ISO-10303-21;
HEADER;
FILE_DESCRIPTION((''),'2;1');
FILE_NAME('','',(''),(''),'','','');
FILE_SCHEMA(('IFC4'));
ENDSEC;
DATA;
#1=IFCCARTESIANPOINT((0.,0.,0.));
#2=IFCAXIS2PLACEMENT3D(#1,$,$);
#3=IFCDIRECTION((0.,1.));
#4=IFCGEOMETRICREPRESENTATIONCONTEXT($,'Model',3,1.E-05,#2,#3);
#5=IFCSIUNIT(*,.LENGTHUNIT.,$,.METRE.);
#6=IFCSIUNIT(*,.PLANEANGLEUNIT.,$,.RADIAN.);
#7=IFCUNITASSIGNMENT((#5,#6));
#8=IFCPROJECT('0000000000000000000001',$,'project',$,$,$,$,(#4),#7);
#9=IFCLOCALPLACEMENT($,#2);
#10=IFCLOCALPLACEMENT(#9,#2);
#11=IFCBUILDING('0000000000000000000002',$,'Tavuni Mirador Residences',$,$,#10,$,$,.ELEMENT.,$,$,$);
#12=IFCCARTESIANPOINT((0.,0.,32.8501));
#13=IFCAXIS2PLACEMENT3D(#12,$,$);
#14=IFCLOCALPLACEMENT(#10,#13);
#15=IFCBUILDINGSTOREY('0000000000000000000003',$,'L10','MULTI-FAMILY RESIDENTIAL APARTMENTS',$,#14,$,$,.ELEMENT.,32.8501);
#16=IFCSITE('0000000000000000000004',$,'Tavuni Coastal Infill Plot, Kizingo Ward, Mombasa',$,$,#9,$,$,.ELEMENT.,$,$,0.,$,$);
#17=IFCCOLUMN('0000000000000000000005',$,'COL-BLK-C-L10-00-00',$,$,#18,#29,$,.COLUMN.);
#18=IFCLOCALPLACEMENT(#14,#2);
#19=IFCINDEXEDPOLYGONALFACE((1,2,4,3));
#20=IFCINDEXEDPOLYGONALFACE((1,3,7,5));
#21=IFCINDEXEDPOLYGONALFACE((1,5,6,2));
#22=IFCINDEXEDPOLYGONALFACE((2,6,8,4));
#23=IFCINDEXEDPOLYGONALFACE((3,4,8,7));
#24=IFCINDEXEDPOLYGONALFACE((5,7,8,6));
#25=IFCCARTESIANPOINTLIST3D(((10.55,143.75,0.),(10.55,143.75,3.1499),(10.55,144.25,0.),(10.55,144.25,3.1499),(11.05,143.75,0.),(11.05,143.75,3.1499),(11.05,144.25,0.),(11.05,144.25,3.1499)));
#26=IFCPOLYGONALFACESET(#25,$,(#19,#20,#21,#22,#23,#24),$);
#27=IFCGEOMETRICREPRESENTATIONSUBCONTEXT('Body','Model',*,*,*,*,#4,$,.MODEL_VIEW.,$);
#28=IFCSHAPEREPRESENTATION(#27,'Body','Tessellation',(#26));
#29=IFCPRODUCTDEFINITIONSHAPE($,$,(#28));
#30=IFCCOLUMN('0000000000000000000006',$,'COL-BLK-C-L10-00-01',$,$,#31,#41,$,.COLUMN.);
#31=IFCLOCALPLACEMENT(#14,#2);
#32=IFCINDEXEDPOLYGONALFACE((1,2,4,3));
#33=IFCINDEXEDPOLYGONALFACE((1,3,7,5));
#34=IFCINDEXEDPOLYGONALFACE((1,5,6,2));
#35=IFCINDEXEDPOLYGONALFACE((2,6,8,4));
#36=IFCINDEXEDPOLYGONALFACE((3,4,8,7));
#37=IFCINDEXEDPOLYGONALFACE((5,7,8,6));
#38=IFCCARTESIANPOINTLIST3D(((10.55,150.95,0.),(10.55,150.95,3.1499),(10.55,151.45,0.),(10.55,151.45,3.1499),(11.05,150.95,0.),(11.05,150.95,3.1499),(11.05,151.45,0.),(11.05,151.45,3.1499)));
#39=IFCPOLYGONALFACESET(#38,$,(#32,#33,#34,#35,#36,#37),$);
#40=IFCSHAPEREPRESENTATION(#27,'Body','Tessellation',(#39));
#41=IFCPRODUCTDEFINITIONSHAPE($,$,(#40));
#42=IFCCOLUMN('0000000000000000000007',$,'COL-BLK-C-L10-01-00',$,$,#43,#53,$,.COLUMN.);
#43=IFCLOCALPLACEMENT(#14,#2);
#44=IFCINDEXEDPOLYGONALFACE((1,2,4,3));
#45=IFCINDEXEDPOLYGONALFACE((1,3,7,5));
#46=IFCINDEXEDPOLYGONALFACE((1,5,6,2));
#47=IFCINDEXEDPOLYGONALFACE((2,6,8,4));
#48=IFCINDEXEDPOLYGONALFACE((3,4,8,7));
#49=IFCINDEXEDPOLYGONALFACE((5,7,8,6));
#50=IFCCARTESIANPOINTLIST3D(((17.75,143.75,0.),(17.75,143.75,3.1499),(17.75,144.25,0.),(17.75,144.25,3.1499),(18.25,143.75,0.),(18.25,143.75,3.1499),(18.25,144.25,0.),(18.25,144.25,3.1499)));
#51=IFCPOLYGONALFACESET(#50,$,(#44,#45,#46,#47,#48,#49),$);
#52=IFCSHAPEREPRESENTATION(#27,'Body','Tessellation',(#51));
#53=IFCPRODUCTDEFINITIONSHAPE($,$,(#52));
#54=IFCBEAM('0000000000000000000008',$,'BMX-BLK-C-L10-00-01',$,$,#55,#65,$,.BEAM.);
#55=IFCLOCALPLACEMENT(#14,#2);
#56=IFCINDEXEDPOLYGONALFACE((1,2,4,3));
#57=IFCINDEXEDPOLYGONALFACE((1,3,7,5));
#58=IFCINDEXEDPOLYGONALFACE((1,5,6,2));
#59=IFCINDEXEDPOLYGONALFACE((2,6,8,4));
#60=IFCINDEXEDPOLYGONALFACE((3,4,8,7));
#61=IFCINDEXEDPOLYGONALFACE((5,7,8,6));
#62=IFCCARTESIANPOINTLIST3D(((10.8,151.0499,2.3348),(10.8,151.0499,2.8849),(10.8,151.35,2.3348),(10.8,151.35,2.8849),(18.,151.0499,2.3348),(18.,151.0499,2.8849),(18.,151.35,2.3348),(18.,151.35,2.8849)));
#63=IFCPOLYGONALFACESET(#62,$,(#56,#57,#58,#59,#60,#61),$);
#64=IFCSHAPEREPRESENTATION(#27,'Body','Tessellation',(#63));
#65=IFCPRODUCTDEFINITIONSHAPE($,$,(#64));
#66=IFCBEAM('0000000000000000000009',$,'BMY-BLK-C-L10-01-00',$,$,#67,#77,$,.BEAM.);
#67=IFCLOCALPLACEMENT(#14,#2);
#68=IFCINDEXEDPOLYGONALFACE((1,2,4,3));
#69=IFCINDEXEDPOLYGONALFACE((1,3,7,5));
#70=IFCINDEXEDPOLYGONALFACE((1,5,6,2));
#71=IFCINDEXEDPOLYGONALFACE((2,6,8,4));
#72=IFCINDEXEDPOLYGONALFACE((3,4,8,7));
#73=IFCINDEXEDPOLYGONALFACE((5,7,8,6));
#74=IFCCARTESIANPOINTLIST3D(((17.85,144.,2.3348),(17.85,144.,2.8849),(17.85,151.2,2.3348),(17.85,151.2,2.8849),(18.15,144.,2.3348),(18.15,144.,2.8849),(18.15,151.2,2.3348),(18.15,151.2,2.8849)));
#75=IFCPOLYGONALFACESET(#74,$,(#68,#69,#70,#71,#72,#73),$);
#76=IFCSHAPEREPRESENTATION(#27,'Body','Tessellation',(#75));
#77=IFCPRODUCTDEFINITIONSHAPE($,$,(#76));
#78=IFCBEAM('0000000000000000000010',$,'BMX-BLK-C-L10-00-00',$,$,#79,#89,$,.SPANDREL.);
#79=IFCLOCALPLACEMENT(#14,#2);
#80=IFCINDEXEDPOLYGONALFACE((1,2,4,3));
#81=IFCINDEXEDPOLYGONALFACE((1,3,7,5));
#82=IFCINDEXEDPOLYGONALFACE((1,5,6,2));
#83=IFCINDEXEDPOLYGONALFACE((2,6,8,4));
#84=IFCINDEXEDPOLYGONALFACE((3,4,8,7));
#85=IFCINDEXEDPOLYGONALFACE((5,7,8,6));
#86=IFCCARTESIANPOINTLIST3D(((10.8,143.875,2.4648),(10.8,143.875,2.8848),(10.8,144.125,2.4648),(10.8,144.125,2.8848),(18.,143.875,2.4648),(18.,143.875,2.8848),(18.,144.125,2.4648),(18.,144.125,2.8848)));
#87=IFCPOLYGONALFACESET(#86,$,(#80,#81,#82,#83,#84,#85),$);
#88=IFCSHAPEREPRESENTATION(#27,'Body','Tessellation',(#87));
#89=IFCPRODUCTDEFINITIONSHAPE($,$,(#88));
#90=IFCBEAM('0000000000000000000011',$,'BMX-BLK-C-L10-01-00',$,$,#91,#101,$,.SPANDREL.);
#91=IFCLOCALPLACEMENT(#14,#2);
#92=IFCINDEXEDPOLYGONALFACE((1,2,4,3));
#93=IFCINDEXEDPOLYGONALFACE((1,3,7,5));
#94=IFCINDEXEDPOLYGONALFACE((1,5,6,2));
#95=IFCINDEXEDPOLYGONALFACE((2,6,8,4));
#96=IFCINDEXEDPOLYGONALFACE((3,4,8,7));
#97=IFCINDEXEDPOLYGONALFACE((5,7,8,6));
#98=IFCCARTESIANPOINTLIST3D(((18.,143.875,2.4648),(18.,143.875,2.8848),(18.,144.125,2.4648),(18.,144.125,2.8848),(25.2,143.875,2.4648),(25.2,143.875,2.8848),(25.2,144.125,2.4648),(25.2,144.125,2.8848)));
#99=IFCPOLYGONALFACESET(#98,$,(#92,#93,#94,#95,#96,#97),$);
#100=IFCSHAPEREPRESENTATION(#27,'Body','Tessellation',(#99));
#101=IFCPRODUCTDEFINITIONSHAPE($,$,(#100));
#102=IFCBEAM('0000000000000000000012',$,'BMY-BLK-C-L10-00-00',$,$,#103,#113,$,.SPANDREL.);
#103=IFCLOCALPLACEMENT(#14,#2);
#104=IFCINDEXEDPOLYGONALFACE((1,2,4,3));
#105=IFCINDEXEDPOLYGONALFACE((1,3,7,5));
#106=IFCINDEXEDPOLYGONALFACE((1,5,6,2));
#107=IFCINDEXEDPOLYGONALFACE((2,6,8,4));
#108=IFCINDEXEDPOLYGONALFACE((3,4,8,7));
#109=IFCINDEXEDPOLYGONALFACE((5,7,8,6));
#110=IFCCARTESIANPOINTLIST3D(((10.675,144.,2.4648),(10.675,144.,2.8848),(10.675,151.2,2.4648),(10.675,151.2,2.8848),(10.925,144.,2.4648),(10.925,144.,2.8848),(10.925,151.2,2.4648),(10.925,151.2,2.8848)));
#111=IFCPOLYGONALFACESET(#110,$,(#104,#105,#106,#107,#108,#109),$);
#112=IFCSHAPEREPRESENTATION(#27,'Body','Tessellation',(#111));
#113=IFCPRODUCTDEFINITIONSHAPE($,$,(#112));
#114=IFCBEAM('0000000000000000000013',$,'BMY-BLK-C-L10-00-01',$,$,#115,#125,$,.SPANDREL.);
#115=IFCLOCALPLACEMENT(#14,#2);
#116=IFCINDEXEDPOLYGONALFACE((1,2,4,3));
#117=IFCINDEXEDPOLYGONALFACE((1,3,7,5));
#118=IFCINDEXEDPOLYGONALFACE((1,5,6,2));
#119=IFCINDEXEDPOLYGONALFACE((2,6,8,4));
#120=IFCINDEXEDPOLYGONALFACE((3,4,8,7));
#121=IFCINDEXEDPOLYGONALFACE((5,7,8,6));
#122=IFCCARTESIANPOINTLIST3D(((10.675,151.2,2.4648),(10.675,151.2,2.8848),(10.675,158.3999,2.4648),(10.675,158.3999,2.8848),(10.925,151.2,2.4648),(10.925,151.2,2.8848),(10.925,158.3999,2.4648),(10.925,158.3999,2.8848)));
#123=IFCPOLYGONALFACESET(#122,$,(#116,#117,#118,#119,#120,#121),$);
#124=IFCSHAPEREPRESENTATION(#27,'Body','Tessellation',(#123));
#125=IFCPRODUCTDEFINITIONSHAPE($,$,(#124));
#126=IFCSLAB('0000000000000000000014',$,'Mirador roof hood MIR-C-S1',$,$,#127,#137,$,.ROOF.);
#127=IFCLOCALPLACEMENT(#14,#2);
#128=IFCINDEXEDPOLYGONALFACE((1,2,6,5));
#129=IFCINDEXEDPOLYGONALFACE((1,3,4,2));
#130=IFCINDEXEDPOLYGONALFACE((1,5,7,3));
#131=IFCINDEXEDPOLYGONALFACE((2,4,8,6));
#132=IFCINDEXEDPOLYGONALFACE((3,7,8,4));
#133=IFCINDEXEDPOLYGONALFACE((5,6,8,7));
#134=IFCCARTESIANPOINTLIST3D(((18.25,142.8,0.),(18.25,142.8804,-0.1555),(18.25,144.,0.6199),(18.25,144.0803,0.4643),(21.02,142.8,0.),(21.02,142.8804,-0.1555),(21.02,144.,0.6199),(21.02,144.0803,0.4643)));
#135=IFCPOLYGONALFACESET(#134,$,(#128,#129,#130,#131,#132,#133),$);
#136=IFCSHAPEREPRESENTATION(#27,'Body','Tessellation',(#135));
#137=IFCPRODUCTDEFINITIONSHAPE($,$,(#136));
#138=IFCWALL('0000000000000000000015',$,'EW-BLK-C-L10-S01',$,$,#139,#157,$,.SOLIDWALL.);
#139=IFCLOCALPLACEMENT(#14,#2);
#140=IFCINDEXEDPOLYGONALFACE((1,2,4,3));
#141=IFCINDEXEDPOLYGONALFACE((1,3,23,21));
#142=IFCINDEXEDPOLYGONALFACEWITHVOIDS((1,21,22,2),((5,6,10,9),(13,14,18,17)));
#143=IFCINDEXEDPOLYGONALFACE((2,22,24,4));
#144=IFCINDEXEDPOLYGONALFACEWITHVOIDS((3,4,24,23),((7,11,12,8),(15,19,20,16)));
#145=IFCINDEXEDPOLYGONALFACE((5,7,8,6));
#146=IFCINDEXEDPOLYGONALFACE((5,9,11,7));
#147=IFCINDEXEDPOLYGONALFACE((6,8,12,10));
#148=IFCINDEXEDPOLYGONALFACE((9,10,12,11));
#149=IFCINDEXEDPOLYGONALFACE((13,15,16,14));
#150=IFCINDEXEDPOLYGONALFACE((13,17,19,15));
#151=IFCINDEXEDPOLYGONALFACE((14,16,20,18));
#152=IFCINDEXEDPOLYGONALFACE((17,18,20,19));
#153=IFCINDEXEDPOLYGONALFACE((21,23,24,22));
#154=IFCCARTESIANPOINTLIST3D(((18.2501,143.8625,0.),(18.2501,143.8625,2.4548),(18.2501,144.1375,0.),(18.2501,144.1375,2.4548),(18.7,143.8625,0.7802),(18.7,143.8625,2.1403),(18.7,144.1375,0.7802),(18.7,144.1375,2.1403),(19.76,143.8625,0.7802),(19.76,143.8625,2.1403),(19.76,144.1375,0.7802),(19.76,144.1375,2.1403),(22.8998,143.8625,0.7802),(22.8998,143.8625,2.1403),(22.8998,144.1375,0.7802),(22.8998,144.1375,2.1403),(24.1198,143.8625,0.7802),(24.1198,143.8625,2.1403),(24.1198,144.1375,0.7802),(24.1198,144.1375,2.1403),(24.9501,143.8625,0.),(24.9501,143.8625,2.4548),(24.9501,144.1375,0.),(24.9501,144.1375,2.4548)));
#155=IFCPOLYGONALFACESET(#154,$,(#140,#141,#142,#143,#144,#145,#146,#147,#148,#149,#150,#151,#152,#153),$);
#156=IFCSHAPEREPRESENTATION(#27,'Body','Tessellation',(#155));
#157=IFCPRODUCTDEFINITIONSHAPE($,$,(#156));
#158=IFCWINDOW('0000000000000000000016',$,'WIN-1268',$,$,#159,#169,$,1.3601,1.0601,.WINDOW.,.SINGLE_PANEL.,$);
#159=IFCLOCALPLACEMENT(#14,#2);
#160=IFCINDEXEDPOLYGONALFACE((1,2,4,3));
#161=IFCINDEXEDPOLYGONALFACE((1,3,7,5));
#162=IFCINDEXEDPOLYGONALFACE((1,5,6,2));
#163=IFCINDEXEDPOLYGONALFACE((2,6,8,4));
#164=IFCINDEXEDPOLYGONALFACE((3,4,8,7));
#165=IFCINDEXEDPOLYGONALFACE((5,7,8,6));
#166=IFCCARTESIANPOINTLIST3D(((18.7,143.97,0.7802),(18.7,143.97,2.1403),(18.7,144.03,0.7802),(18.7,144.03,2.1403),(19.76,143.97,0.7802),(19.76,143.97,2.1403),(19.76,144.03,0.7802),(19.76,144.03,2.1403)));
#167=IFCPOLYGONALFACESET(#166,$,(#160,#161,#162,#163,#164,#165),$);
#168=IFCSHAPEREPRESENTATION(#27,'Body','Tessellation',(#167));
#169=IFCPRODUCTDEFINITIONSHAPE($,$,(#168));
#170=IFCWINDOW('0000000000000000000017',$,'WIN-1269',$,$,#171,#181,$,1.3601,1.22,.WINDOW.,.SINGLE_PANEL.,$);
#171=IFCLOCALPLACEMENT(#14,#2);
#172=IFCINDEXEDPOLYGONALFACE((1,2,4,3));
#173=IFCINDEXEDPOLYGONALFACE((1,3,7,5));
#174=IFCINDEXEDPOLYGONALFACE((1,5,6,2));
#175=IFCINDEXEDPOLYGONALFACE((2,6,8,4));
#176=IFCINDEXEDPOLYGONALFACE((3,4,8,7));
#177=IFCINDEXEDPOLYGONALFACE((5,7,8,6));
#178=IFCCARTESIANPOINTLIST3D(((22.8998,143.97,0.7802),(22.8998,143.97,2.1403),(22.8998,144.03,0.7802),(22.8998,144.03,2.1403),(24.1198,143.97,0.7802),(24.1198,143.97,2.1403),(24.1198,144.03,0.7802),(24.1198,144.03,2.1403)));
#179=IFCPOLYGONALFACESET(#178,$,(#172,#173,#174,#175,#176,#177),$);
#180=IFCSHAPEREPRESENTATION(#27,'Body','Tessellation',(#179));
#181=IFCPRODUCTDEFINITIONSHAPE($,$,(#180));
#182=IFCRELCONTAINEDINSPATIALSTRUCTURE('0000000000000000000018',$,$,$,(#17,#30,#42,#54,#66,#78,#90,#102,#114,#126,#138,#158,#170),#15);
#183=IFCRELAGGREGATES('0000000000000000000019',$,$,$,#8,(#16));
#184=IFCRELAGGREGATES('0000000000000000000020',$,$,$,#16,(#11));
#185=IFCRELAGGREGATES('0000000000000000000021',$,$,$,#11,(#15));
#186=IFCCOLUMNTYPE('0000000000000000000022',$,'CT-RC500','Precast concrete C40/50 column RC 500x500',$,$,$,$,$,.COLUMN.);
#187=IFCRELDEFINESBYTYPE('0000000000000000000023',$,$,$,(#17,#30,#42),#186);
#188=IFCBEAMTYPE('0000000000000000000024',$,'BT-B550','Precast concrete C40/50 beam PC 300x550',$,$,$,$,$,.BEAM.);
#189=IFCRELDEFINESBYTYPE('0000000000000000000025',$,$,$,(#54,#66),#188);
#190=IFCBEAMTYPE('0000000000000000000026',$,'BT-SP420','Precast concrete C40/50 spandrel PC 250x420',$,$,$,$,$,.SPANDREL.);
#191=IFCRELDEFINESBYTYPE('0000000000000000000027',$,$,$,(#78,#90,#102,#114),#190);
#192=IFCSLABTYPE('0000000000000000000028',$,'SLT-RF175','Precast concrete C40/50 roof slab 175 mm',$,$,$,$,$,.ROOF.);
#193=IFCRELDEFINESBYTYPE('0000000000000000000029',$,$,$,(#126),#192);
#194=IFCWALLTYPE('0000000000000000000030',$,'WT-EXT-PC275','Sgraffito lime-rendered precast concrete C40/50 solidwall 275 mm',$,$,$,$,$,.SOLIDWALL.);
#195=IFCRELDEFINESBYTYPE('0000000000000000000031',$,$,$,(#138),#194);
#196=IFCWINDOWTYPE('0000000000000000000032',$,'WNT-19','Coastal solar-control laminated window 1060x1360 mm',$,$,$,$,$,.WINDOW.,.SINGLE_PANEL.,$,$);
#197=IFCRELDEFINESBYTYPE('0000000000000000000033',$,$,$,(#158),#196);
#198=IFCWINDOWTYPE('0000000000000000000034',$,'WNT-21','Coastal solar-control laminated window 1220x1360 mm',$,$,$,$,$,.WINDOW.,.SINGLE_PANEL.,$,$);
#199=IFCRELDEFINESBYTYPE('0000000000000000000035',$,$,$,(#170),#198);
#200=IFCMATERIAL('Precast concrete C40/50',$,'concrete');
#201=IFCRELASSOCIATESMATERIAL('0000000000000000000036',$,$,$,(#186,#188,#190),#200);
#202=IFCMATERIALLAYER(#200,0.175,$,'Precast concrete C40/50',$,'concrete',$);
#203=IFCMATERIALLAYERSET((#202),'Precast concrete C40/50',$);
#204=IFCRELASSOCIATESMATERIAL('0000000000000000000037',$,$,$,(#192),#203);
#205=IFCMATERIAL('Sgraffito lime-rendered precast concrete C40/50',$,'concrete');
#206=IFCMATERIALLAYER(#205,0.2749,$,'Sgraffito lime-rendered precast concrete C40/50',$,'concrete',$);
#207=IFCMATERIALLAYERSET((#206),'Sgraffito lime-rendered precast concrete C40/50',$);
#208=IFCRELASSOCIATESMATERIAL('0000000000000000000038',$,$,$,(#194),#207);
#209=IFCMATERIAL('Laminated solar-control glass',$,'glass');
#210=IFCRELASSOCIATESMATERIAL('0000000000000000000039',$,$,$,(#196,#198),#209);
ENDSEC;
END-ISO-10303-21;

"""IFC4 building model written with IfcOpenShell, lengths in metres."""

from ifc_helpers import new_model, si_unit, direction, frame, frame_2d, origin, origin_2d, place, context, subcontext, project, spatial, polyline, rectangle, outline, extrude, material, layer, layer_set, material_profile, profile_set, type_object, element, fill, save


model = new_model("IFC4")

# Units and contexts
model_context = context("Model", 3, precision=1e-05, world=origin(), true_north=direction((0.0, 1.0)))
body_context = subcontext(model_context, "Body", "Model", "MODEL_VIEW")
ifc_project = project(units=[si_unit("LENGTHUNIT", "METRE"), si_unit("PLANEANGLEUNIT", "RADIAN")], contexts=[model_context])

# Site, building, storey
site_placement = place(None, origin())
site = spatial("IfcSite", under=ifc_project, at=site_placement, Name="Tavuni Coastal Infill Plot, Kizingo Ward, Mombasa", CompositionType="ELEMENT", RefElevation=0.0)
building_placement = place(site_placement, origin())
building = spatial("IfcBuilding", under=site, at=building_placement, Name="Tavuni Mirador Residences", CompositionType="ELEMENT")
storey_placement = place(building_placement, frame((0.0, 0.0, 32.8501)))
storey = spatial("IfcBuildingStorey", under=building, at=storey_placement, Name="L10", Description="MULTI-FAMILY RESIDENTIAL APARTMENTS", CompositionType="ELEMENT", Elevation=32.8501)

# Columns
ifc_material_1 = material(Name="Precast concrete C40/50", Category="concrete")
ifc_material_profile_1 = material_profile(ifc_material_1, rectangle(XDim=0.5, YDim=0.5, at=origin_2d()), Name="RC 500x500", Category="concrete")
ifc_profile_set_1 = profile_set([ifc_material_profile_1], Name="Precast concrete C40/50")
column_type = type_object("IfcColumnType", Name="CT-RC500", Description="Precast concrete C40/50 column RC 500x500", PredefinedType="COLUMN", material=ifc_profile_set_1)
for number, where, z_axis, x_axis, name in (
    (1, (10.8, 144.0, 0.0), (0.0, 0.0, 1.0), (1.0, 0.0, 0.0), "COL-BLK-C-L10-00-00"),
    (2, (10.8, 151.2, 0.0), (0.0, 0.0, 1.0), (1.0, 0.0, 0.0), "COL-BLK-C-L10-00-01"),
    (3, (18.0, 144.0, 0.0), (0.0, 0.0, 1.0), (1.0, 0.0, 0.0), "COL-BLK-C-L10-01-00"),
):
    element("IfcColumn", number, at=place(storey_placement, frame(where, z_axis=z_axis, x_axis=x_axis)), inside=storey, type_object=column_type, Name=name, PredefinedType="COLUMN", context=body_context, shape_type="SweptSolid", body=[
        extrude(rectangle(XDim=0.5, YDim=0.5, at=origin_2d()), origin(), (0.0, 0.0, 1.0), 3.1499),
    ])

# Beams
ifc_material_profile_2 = material_profile(ifc_material_1, rectangle(XDim=0.3, YDim=0.55, at=origin_2d()), Name="PC 300x550", Category="concrete")
ifc_profile_set_2 = profile_set([ifc_material_profile_2], Name="Precast concrete C40/50")
beam_type_1 = type_object("IfcBeamType", Name="BT-B550", Description="Precast concrete C40/50 beam PC 300x550", PredefinedType="BEAM", material=ifc_profile_set_2)
for number, where, z_axis, x_axis, name in (
    (4, (10.8, 151.2, 2.6099), (1.0, 0.0, 0.0), (0.0, 1.0, 0.0), "BMX-BLK-C-L10-00-01"),
    (5, (18.0, 144.0, 2.6099), (0.0, 1.0, 0.0), (-1.0, 0.0, 0.0), "BMY-BLK-C-L10-01-00"),
):
    element("IfcBeam", number, at=place(storey_placement, frame(where, z_axis=z_axis, x_axis=x_axis)), inside=storey, type_object=beam_type_1, Name=name, PredefinedType="BEAM", context=body_context, shape_type="SweptSolid", body=[
        extrude(rectangle(XDim=0.3, YDim=0.55, at=origin_2d()), origin(), (0.0, 0.0, 1.0), 7.2),
    ])
ifc_material_profile_3 = material_profile(ifc_material_1, rectangle(XDim=0.25, YDim=0.4199, at=origin_2d()), Name="PC 250x420", Category="concrete")
ifc_profile_set_3 = profile_set([ifc_material_profile_3], Name="Precast concrete C40/50")
beam_type_2 = type_object("IfcBeamType", Name="BT-SP420", Description="Precast concrete C40/50 spandrel PC 250x420", PredefinedType="SPANDREL", material=ifc_profile_set_3)
for number, where, z_axis, x_axis, name in (
    (6, (10.8, 144.0, 2.6748), (1.0, 0.0, 0.0), (0.0, 1.0, 0.0), "BMX-BLK-C-L10-00-00"),
    (7, (18.0, 144.0, 2.6748), (1.0, 0.0, 0.0), (0.0, 1.0, 0.0), "BMX-BLK-C-L10-01-00"),
    (8, (10.8, 144.0, 2.6748), (0.0, 1.0, 0.0), (-1.0, 0.0, 0.0), "BMY-BLK-C-L10-00-00"),
    (9, (10.8, 151.2, 2.6748), (0.0, 1.0, 0.0), (-1.0, 0.0, 0.0), "BMY-BLK-C-L10-00-01"),
):
    element("IfcBeam", number, at=place(storey_placement, frame(where, z_axis=z_axis, x_axis=x_axis)), inside=storey, type_object=beam_type_2, Name=name, PredefinedType="SPANDREL", context=body_context, shape_type="SweptSolid", body=[
        extrude(rectangle(XDim=0.25, YDim=0.4199, at=origin_2d()), origin(), (0.0, 0.0, 1.0), 7.2),
    ])

# Slab
ifc_layer_1 = layer(ifc_material_1, 0.175, Name="Precast concrete C40/50", Category="concrete")
ifc_layer_set_1 = layer_set([ifc_layer_1], Name="Precast concrete C40/50")
slab_type = type_object("IfcSlabType", Name="SLT-RF175", Description="Precast concrete C40/50 roof slab 175 mm", PredefinedType="ROOF", material=ifc_layer_set_1)
slab_placement = place(storey_placement, frame((18.25, 144.0, 0.6199), z_axis=(0.0, -0.458961, 0.888457), x_axis=(1.0, 0.0, 0.0)))
element("IfcSlab", 10, at=slab_placement, inside=storey, type_object=slab_type, Name="Mirador roof hood MIR-C-S1", PredefinedType="ROOF", context=body_context, shape_type="SweptSolid", body=[
    extrude(outline(polyline([(0.0, 0.0), (2.77, 0.0), (2.77, -1.3506), (0.0, -1.3506), (0.0, 0.0)])), origin(), (0.0, 0.0, -1.0), 0.175),
])

# Wall, openings, windows
ifc_material_2 = material(Name="Sgraffito lime-rendered precast concrete C40/50", Category="concrete")
ifc_layer_2 = layer(ifc_material_2, 0.2749, Name="Sgraffito lime-rendered precast concrete C40/50", Category="concrete")
ifc_layer_set_2 = layer_set([ifc_layer_2], Name="Sgraffito lime-rendered precast concrete C40/50")
wall_type_1 = type_object("IfcWallType", Name="WT-EXT-PC275", Description="Sgraffito lime-rendered precast concrete C40/50 solidwall 275 mm", PredefinedType="SOLIDWALL", material=ifc_layer_set_2)
wall_1_placement = place(storey_placement, frame((18.25, 144.0, 0.0), z_axis=(0.0, 0.0, 1.0), x_axis=(1.0, 0.0, 0.0)))
wall_1 = element("IfcWall", 11, at=wall_1_placement, inside=storey, type_object=wall_type_1, Name="EW-BLK-C-L10-S01", PredefinedType="SOLIDWALL", context=body_context, shape_type="SweptSolid", body=[
    extrude(rectangle(XDim=6.7, YDim=0.2749, at=frame_2d((3.3501, 0.0))), origin(), (0.0, 0.0, 1.0), 2.4548),
])
opening_1_placement = place(wall_1_placement, frame((0.45, 0.0, 0.78)))
opening_1 = element("IfcOpeningElement", 12, at=opening_1_placement, cuts=wall_1, PredefinedType="OPENING", context=body_context, shape_type="SweptSolid", body=[
    extrude(rectangle(XDim=1.0601, YDim=1.3601, at=frame_2d((0.53, 0.6802))), frame((0.0, 0.1475, 0.0), z_axis=(0.0, -1.0, 0.0), x_axis=(1.0, 0.0, 0.0)), (0.0, 0.0, 1.0), 0.2949),
])
opening_2_placement = place(wall_1_placement, frame((4.6499, 0.0, 0.78)))
opening_2 = element("IfcOpeningElement", 13, at=opening_2_placement, cuts=wall_1, PredefinedType="OPENING", context=body_context, shape_type="SweptSolid", body=[
    extrude(rectangle(XDim=1.22, YDim=1.3601, at=frame_2d((0.6099, 0.6802))), frame((0.0, 0.1475, 0.0), z_axis=(0.0, -1.0, 0.0), x_axis=(1.0, 0.0, 0.0)), (0.0, 0.0, 1.0), 0.2949),
])
ifc_material_3 = material(Name="Laminated solar-control glass", Category="glass")
window_type_1 = type_object("IfcWindowType", Name="WNT-19", Description="Coastal solar-control laminated window 1060x1360 mm", PartitioningType="SINGLE_PANEL", PredefinedType="WINDOW", material=ifc_material_3)
window_1_placement = place(opening_1_placement, origin())
window_1 = element("IfcWindow", 14, at=window_1_placement, inside=storey, type_object=window_type_1, Name="WIN-1268", OverallHeight=1.3601, OverallWidth=1.0601, PartitioningType="SINGLE_PANEL", PredefinedType="WINDOW", context=body_context, shape_type="SweptSolid", body=[
    extrude(rectangle(XDim=1.0601, YDim=1.3601, at=frame_2d((0.53, 0.6802))), frame((0.0, 0.03, 0.0), z_axis=(0.0, -1.0, 0.0), x_axis=(1.0, 0.0, 0.0)), (0.0, 0.0, 1.0), 0.0601),
])
fill(opening_1, window_1)
window_type_2 = type_object("IfcWindowType", Name="WNT-21", Description="Coastal solar-control laminated window 1220x1360 mm", PartitioningType="SINGLE_PANEL", PredefinedType="WINDOW", material=ifc_material_3)
window_2_placement = place(opening_2_placement, origin())
window_2 = element("IfcWindow", 15, at=window_2_placement, inside=storey, type_object=window_type_2, Name="WIN-1269", OverallHeight=1.3601, OverallWidth=1.22, PartitioningType="SINGLE_PANEL", PredefinedType="WINDOW", context=body_context, shape_type="SweptSolid", body=[
    extrude(rectangle(XDim=1.22, YDim=1.3601, at=frame_2d((0.6099, 0.6802))), frame((0.0, 0.03, 0.0), z_axis=(0.0, -1.0, 0.0), x_axis=(1.0, 0.0, 0.0)), (0.0, 0.0, 1.0), 0.0601),
])
fill(opening_2, window_2)

save(model, "model.ifc")
